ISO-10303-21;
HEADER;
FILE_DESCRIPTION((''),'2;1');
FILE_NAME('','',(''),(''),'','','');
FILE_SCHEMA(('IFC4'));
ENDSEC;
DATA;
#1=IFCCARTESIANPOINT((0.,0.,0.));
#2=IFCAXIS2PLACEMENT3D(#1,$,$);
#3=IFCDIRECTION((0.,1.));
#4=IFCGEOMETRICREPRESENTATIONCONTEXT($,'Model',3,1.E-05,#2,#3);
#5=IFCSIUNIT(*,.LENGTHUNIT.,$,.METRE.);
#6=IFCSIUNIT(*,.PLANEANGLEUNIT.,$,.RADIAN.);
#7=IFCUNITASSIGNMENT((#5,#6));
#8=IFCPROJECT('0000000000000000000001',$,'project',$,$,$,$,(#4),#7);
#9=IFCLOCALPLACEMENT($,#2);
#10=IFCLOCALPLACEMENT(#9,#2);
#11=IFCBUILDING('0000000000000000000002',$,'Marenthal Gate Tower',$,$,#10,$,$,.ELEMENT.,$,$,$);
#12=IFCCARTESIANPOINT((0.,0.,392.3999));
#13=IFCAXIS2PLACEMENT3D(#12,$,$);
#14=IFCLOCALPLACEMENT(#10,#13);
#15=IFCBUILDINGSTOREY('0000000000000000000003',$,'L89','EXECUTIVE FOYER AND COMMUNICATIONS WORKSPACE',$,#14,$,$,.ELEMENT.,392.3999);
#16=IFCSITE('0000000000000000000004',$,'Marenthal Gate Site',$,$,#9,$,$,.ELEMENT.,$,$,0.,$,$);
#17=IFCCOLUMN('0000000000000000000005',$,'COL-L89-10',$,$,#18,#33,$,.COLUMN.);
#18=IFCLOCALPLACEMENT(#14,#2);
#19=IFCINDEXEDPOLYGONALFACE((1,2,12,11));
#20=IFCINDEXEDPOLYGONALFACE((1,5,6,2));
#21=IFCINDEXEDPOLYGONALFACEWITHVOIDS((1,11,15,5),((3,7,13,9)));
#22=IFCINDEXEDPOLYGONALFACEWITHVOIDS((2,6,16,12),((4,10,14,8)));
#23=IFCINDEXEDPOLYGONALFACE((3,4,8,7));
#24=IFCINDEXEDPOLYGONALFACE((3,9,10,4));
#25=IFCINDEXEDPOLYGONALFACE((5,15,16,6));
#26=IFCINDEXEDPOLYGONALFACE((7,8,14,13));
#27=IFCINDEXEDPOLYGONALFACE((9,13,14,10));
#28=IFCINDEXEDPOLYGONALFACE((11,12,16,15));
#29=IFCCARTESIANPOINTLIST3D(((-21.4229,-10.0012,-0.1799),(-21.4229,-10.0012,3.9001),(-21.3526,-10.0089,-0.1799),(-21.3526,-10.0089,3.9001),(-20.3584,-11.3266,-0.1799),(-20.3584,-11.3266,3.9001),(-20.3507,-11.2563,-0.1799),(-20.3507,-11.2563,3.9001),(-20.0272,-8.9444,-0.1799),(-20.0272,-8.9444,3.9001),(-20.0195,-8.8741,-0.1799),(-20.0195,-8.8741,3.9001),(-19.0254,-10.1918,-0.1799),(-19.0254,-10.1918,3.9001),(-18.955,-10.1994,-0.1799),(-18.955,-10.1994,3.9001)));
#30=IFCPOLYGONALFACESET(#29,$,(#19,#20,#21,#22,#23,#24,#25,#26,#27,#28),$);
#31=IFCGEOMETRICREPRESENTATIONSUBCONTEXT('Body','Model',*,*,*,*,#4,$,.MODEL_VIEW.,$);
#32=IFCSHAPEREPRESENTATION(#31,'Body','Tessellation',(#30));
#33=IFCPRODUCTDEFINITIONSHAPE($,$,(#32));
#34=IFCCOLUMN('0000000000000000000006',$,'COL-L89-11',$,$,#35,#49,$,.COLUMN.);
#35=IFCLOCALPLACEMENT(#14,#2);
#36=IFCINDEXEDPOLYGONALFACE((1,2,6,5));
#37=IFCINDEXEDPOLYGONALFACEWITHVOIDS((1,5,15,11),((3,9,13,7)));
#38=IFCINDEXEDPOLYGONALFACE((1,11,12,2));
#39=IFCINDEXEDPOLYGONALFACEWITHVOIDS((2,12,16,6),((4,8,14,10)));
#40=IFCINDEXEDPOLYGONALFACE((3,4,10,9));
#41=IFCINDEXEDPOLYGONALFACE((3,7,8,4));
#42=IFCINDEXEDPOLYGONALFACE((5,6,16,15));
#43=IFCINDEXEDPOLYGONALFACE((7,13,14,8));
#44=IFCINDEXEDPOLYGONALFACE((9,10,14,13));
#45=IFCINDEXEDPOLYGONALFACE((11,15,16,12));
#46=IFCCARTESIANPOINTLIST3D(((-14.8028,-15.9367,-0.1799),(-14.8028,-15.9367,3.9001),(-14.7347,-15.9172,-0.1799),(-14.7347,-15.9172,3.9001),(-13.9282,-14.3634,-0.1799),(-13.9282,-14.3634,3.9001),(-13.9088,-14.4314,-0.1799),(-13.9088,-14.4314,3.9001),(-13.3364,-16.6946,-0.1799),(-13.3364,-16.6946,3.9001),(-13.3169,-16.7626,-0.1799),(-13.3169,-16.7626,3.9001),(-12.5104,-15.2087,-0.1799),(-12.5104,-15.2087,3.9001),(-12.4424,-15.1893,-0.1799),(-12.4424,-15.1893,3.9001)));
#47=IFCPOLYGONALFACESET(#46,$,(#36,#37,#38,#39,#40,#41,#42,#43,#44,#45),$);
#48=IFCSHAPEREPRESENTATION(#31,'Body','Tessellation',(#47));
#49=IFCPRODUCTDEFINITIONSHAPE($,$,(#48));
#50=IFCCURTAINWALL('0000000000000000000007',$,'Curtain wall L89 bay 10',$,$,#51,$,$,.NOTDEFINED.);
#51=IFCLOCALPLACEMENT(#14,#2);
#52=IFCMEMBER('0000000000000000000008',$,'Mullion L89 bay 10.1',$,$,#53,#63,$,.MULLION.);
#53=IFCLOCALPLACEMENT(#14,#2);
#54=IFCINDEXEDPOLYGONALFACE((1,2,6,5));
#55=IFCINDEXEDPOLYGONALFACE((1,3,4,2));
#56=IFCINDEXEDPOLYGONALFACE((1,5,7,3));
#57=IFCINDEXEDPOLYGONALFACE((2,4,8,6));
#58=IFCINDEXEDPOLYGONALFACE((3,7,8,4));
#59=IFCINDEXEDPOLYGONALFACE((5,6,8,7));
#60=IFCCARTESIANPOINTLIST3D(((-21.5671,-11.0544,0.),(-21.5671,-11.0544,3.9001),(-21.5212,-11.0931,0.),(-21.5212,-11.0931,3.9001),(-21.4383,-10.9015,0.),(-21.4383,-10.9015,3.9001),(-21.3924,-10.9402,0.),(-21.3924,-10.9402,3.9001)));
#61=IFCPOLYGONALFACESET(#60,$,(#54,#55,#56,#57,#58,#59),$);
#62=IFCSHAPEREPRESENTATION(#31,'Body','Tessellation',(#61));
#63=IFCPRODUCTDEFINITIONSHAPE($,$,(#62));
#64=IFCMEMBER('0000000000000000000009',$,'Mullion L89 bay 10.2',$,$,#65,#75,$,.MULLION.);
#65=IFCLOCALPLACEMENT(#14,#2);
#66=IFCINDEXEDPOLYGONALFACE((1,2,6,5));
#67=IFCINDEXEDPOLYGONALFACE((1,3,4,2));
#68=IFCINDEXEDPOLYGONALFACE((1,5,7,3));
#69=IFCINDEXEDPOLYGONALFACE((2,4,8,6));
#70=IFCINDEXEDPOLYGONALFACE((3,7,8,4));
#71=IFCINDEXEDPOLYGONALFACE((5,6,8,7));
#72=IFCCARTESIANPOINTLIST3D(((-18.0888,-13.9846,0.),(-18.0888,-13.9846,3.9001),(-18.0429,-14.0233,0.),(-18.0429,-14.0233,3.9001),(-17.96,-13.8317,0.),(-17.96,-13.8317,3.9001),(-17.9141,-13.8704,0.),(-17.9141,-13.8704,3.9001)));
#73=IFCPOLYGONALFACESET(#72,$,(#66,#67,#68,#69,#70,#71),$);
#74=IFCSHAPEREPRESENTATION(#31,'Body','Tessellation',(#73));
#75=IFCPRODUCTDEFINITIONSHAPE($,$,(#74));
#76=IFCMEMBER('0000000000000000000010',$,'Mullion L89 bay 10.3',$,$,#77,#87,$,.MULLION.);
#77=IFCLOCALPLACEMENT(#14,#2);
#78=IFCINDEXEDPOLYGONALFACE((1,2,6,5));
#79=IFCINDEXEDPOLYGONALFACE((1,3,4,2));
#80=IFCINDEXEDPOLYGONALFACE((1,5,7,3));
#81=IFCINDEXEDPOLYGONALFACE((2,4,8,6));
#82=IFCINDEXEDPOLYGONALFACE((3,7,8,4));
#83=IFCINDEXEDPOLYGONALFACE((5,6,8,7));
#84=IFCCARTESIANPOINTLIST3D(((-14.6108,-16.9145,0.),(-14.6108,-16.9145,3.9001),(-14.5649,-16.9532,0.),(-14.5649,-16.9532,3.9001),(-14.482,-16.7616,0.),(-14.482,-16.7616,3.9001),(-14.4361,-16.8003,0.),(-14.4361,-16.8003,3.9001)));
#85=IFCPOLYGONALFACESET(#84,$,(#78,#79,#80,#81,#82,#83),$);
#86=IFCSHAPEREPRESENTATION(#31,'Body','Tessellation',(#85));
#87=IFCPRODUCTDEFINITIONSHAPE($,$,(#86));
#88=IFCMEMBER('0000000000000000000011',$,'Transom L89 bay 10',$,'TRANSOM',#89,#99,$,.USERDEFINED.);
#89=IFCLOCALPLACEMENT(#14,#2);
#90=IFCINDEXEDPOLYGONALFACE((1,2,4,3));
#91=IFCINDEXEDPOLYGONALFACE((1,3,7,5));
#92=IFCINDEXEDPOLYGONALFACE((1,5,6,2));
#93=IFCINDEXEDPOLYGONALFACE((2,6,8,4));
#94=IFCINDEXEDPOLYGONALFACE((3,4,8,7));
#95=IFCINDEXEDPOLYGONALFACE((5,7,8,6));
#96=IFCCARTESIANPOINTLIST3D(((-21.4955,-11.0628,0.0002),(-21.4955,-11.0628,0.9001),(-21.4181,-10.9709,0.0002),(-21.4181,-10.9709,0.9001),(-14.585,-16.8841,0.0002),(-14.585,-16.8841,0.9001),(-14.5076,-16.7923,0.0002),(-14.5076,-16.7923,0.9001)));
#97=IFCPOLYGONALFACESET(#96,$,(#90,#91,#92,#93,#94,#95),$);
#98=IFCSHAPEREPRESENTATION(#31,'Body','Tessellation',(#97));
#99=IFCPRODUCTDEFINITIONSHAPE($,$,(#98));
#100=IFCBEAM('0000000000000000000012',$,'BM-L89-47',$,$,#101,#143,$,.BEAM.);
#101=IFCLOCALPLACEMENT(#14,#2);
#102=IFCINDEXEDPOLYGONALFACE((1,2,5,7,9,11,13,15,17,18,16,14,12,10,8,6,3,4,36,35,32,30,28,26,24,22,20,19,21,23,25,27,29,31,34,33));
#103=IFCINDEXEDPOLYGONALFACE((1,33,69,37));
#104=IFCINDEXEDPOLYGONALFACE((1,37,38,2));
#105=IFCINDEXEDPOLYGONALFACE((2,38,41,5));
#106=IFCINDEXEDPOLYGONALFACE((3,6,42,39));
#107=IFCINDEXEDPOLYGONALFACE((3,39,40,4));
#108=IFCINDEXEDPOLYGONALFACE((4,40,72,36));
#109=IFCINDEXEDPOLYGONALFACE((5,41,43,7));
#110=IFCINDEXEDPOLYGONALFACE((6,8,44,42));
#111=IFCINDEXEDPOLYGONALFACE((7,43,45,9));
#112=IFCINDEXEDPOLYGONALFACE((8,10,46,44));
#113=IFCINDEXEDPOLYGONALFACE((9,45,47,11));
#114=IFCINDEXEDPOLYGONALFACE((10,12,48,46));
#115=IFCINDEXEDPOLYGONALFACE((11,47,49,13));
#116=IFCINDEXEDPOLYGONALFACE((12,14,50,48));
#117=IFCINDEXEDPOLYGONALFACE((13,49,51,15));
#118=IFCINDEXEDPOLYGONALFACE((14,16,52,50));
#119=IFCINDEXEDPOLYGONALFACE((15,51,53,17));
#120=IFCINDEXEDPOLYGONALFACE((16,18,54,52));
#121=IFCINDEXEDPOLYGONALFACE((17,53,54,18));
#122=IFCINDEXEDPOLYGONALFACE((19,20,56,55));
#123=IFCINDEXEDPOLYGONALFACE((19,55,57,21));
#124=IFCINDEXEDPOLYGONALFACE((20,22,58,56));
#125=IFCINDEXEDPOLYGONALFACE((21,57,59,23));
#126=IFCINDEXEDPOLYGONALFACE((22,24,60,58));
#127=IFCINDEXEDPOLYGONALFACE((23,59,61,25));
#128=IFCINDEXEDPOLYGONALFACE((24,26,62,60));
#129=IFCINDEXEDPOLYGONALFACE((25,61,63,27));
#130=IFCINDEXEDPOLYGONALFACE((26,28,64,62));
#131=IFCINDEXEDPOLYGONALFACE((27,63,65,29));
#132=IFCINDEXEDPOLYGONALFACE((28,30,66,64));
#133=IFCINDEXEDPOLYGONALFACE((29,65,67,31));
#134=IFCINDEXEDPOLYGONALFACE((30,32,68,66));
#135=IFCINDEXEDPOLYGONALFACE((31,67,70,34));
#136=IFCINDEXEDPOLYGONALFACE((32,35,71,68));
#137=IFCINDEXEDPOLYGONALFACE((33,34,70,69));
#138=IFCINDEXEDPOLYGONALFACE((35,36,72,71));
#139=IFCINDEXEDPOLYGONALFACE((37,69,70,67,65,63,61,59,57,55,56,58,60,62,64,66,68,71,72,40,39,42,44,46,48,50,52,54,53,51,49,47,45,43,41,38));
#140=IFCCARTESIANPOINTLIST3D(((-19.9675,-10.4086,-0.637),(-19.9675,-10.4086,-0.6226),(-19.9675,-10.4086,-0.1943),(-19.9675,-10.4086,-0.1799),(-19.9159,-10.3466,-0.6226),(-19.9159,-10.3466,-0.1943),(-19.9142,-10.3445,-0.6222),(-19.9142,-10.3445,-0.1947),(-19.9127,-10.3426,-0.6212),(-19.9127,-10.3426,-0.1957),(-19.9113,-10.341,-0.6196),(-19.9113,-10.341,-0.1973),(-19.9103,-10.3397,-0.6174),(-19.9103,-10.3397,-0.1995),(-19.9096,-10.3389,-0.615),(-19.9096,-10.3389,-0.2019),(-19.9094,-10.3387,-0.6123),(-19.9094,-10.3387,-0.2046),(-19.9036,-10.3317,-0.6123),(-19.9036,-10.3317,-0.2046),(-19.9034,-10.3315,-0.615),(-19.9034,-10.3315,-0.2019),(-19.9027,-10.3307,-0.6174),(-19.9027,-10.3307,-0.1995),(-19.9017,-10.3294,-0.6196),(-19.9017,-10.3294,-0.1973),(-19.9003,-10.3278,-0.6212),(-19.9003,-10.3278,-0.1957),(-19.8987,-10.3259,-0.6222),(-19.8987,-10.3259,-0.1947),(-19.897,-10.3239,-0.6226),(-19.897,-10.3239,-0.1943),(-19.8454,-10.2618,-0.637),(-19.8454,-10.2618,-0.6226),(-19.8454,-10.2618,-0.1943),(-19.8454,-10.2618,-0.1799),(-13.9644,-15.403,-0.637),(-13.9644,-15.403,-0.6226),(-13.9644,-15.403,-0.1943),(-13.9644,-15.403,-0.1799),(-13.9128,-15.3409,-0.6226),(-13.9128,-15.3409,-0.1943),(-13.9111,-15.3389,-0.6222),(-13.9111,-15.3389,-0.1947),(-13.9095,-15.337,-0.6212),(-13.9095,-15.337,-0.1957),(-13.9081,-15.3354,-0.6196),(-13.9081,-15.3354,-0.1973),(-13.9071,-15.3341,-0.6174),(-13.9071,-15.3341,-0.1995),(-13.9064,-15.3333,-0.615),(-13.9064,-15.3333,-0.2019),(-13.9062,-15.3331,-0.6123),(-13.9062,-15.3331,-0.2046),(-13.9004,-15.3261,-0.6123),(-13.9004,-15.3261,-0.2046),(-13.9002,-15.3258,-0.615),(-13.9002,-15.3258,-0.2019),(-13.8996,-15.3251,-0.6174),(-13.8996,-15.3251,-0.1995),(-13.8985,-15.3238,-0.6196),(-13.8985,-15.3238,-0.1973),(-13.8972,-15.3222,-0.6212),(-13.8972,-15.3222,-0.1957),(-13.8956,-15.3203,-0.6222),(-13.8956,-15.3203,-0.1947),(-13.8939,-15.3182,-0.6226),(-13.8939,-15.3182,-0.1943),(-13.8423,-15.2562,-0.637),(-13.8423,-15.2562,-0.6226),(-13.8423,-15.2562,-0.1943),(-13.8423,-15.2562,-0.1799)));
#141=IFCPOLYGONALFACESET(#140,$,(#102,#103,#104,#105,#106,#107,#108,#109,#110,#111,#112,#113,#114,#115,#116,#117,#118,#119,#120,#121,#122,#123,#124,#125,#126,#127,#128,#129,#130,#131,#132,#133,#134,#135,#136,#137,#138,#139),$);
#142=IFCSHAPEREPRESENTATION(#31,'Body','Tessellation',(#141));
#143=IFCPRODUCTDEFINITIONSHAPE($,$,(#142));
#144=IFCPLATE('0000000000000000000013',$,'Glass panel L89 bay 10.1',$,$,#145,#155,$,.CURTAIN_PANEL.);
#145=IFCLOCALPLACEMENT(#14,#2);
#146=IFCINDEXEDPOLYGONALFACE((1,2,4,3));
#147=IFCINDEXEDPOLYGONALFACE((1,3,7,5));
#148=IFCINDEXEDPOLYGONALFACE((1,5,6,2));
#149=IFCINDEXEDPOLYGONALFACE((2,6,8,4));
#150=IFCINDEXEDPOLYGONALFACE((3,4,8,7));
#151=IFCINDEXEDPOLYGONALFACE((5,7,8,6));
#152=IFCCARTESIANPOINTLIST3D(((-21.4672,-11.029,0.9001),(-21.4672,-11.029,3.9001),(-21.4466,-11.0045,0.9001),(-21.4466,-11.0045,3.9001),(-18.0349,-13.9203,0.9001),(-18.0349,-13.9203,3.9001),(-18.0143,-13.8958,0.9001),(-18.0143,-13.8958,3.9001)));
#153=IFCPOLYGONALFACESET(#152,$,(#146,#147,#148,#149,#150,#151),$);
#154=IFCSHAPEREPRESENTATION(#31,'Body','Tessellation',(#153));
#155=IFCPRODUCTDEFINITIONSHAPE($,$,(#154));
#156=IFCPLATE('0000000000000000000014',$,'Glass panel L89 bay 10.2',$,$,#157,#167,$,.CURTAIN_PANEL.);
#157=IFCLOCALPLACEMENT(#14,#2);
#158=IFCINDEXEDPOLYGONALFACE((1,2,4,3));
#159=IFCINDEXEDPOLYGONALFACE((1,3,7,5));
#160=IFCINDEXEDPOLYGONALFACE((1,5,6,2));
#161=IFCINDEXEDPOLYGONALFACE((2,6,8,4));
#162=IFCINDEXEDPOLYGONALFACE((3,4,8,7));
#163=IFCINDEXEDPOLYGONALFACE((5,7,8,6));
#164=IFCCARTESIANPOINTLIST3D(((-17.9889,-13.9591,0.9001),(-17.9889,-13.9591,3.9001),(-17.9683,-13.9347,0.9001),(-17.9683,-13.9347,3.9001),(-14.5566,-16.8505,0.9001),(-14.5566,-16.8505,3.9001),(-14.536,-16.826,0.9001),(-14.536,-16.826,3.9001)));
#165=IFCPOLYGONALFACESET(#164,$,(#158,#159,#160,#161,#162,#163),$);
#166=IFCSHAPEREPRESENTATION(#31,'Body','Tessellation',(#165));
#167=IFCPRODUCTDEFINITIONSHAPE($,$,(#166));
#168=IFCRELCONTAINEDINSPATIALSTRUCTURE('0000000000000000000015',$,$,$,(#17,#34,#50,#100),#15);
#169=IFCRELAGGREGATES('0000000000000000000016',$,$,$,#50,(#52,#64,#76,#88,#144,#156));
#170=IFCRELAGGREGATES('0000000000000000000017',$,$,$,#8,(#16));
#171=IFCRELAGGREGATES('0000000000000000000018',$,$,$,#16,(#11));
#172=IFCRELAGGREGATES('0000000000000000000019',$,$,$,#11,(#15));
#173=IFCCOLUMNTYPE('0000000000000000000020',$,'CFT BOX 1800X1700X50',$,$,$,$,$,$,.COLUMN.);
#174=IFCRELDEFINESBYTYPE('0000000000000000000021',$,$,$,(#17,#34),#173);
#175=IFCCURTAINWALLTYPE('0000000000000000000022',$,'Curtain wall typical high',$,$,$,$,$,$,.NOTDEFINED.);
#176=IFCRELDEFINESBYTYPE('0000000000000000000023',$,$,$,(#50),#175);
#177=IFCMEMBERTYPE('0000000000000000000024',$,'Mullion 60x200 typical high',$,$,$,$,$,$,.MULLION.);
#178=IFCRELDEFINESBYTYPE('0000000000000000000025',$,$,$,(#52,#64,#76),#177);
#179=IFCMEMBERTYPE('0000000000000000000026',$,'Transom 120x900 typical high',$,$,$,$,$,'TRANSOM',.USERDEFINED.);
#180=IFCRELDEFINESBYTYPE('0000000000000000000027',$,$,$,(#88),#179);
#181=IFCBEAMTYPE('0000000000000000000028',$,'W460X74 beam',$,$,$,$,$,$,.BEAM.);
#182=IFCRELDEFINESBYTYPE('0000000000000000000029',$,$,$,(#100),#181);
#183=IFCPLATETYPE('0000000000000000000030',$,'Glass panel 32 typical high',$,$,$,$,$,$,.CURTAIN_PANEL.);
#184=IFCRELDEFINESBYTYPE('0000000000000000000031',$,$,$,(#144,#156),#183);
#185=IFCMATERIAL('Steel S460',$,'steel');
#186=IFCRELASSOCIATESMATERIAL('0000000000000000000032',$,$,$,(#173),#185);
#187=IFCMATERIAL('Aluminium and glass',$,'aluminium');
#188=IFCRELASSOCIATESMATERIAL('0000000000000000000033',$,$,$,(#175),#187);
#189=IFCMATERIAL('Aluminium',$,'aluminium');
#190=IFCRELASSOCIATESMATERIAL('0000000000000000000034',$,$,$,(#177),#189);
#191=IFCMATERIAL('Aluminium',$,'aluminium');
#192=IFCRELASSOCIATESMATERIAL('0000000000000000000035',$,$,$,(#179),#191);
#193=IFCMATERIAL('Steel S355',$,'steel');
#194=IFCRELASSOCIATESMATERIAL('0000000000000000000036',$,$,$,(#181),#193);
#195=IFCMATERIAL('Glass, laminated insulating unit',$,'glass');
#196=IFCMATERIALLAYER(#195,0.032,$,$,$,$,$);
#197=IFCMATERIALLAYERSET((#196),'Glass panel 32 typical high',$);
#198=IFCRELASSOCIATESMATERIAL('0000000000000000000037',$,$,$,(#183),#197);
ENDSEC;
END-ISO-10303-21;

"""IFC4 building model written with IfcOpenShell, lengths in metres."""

from ifc_helpers import new_model, si_unit, direction, frame, origin, origin_2d, place, context, subcontext, project, spatial, rectangle, hollow_rectangle, i_section, extrude, material, layer, layer_set, material_profile, profile_set, type_object, element, aggregate, save


model = new_model("IFC4")

# Units and contexts
model_context = context("Model", 3, precision=1e-05, world=origin(), true_north=direction((0.0, 1.0)))
body_context = subcontext(model_context, "Body", "Model", "MODEL_VIEW")
ifc_project = project(units=[si_unit("LENGTHUNIT", "METRE"), si_unit("PLANEANGLEUNIT", "RADIAN")], contexts=[model_context])

# Site, building, storey
site_placement = place(None, origin())
site = spatial("IfcSite", under=ifc_project, at=site_placement, Name="Marenthal Gate Site", CompositionType="ELEMENT", RefElevation=0.0)
building_placement = place(site_placement, origin())
building = spatial("IfcBuilding", under=site, at=building_placement, Name="Marenthal Gate Tower", CompositionType="ELEMENT")
storey_placement = place(building_placement, frame((0.0, 0.0, 392.3999)))
storey = spatial("IfcBuildingStorey", under=building, at=storey_placement, Name="L89", Description="EXECUTIVE FOYER AND COMMUNICATIONS WORKSPACE", CompositionType="ELEMENT", Elevation=392.3999)

# Columns
ifc_material_1 = material(Name="Steel S460", Category="steel")
ifc_material_profile_1 = material_profile(ifc_material_1, hollow_rectangle(XDim=1.7, YDim=1.8, WallThickness=0.05, at=origin_2d()), Name="CFT BOX 1800X1700X50")
ifc_material_2 = material(Name="Concrete 70 MPa", Category="concrete")
ifc_material_profile_2 = material_profile(ifc_material_2, rectangle(XDim=1.6001, YDim=1.7, at=origin_2d()), Name="CFT BOX 1800X1700X50 INFILL")
ifc_profile_set_1 = profile_set([ifc_material_profile_1, ifc_material_profile_2], Name="Steel S460 shell, Concrete 70 MPa infill")
column_type = type_object("IfcColumnType", Name="CFT BOX 1800X1700X50", PredefinedType="COLUMN", material=ifc_profile_set_1)
for number, where, z_axis, x_axis, name in (
    (1, (-20.189, -10.1003, -0.1799), (0.0, 0.0, 1.0), (-0.626198, 0.779664, 0.0), "COL-L89-10"),
    (2, (-13.6226, -15.563, -0.1799), (0.0, 0.0, 1.0), (-0.874037, 0.48586, 0.0), "COL-L89-11"),
):
    element("IfcColumn", number, at=place(storey_placement, frame(where, z_axis=z_axis, x_axis=x_axis)), inside=storey, type_object=column_type, Name=name, PredefinedType="COLUMN", context=body_context, shape_type="SweptSolid", body=[
        extrude(hollow_rectangle(XDim=1.7, YDim=1.8, WallThickness=0.05, at=origin_2d()), origin(), (0.0, 0.0, 1.0), 4.0801),
    ])

# Curtain wall, members
ifc_material_3 = material(Name="Aluminium and glass", Category="aluminium")
curtain_wall_type = type_object("IfcCurtainWallType", Name="Curtain wall typical high", PredefinedType="NOTDEFINED", material=ifc_material_3)
curtain_wall_placement = place(storey_placement, origin())
curtain_wall = element("IfcCurtainWall", 3, at=curtain_wall_placement, inside=storey, type_object=curtain_wall_type, Name="Curtain wall L89 bay 10", PredefinedType="NOTDEFINED")
ifc_material_4 = material(Name="Aluminium", Category="aluminium")
ifc_material_profile_3 = material_profile(ifc_material_4, rectangle(XDim=0.2, YDim=0.0601, at=origin_2d()), Name="60x200 aluminium mullion")
ifc_profile_set_2 = profile_set([ifc_material_profile_3], Name="Aluminium")
member_type_1 = type_object("IfcMemberType", Name="Mullion 60x200 typical high", PredefinedType="MULLION", material=ifc_profile_set_2)
member_1_placement = place(storey_placement, frame((-21.4797, -10.9973, 0.0), z_axis=(0.0, 0.0, 1.0), x_axis=(0.644265, 0.764802, 0.0)))
member_1 = element("IfcMember", 4, at=member_1_placement, type_object=member_type_1, Name="Mullion L89 bay 10.1", PredefinedType="MULLION", context=body_context, shape_type="SweptSolid", body=[
    extrude(rectangle(XDim=0.2, YDim=0.0601, at=origin_2d()), origin(), (0.0, 0.0, 1.0), 3.9001),
])
member_2_placement = place(storey_placement, frame((-18.0015, -13.9275, 0.0), z_axis=(0.0, 0.0, 1.0), x_axis=(0.644265, 0.764802, 0.0)))
member_2 = element("IfcMember", 5, at=member_2_placement, type_object=member_type_1, Name="Mullion L89 bay 10.2", PredefinedType="MULLION", context=body_context, shape_type="SweptSolid", body=[
    extrude(rectangle(XDim=0.2, YDim=0.0601, at=origin_2d()), origin(), (0.0, 0.0, 1.0), 3.9001),
])
member_3_placement = place(storey_placement, frame((-14.5234, -16.8574, 0.0), z_axis=(0.0, 0.0, 1.0), x_axis=(0.644265, 0.764802, 0.0)))
member_3 = element("IfcMember", 6, at=member_3_placement, type_object=member_type_1, Name="Mullion L89 bay 10.3", PredefinedType="MULLION", context=body_context, shape_type="SweptSolid", body=[
    extrude(rectangle(XDim=0.2, YDim=0.0601, at=origin_2d()), origin(), (0.0, 0.0, 1.0), 3.9001),
])
ifc_material_5 = material(Name="Aluminium", Category="aluminium")
ifc_material_profile_4 = material_profile(ifc_material_5, rectangle(XDim=0.1201, YDim=0.8999, at=origin_2d()), Name="120x900 aluminium transom")
ifc_profile_set_3 = profile_set([ifc_material_profile_4], Name="Aluminium")
member_type_2 = type_object("IfcMemberType", Name="Transom 120x900 typical high", ElementType="TRANSOM", PredefinedType="USERDEFINED", material=ifc_profile_set_3)
member_4_placement = place(storey_placement, frame((-21.4568, -11.0168, 0.4502), z_axis=(0.764802, -0.644266, 0.0), x_axis=(0.644266, 0.764802, 0.0)))
member_4 = element("IfcMember", 7, at=member_4_placement, type_object=member_type_2, Name="Transom L89 bay 10", ObjectType="TRANSOM", PredefinedType="USERDEFINED", context=body_context, shape_type="SweptSolid", body=[
    extrude(rectangle(XDim=0.1201, YDim=0.8999, at=origin_2d()), origin(), (0.0, 0.0, 1.0), 9.0356),
])

# Beam
ifc_material_6 = material(Name="Steel S355", Category="steel")
ifc_material_profile_5 = material_profile(ifc_material_6, i_section(OverallWidth=0.1909, OverallDepth=0.457, WebThickness=0.009, FlangeThickness=0.0144, FilletRadius=0.0103, at=origin_2d()), Name="W460X74")
ifc_profile_set_4 = profile_set([ifc_material_profile_5], Name="Steel S355")
beam_type = type_object("IfcBeamType", Name="W460X74 beam", PredefinedType="BEAM", material=ifc_profile_set_4)
beam_placement = place(storey_placement, frame((-19.9065, -10.3352, -0.4084), z_axis=(0.768741, -0.63956, 0.0), x_axis=(0.63956, 0.768741, 0.0)))
element("IfcBeam", 8, at=beam_placement, inside=storey, type_object=beam_type, Name="BM-L89-47", PredefinedType="BEAM", context=body_context, shape_type="SweptSolid", body=[
    extrude(i_section(OverallWidth=0.1909, OverallDepth=0.457, WebThickness=0.009, FlangeThickness=0.0144, FilletRadius=0.0103, at=origin_2d()), origin(), (0.0, 0.0, 1.0), 7.8091),
])

# Plates
ifc_material_7 = material(Name="Glass, laminated insulating unit", Category="glass")
ifc_layer_1 = layer(ifc_material_7, 0.032)
ifc_layer_set_1 = layer_set([ifc_layer_1], Name="Glass panel 32 typical high")
plate_type = type_object("IfcPlateType", Name="Glass panel 32 typical high", PredefinedType="CURTAIN_PANEL", material=ifc_layer_set_1)
plate_1_placement = place(storey_placement, frame((-19.7407, -12.4624, 0.9001), z_axis=(0.0, 0.0, 1.0), x_axis=(0.764802, -0.644265, 0.0)))
plate_1 = element("IfcPlate", 9, at=plate_1_placement, type_object=plate_type, Name="Glass panel L89 bay 10.1", PredefinedType="CURTAIN_PANEL", context=body_context, shape_type="SweptSolid", body=[
    extrude(rectangle(XDim=4.4878, YDim=0.032, at=origin_2d()), origin(), (0.0, 0.0, 1.0), 3.0),
])
plate_2_placement = place(storey_placement, frame((-16.2625, -15.3926, 0.9001), z_axis=(0.0, 0.0, 1.0), x_axis=(0.764802, -0.644265, 0.0)))
plate_2 = element("IfcPlate", 10, at=plate_2_placement, type_object=plate_type, Name="Glass panel L89 bay 10.2", PredefinedType="CURTAIN_PANEL", context=body_context, shape_type="SweptSolid", body=[
    extrude(rectangle(XDim=4.4878, YDim=0.032, at=origin_2d()), origin(), (0.0, 0.0, 1.0), 3.0),
])
aggregate(curtain_wall, [member_1, member_2, member_3, member_4, plate_1, plate_2])

save(model, "model.ifc")
